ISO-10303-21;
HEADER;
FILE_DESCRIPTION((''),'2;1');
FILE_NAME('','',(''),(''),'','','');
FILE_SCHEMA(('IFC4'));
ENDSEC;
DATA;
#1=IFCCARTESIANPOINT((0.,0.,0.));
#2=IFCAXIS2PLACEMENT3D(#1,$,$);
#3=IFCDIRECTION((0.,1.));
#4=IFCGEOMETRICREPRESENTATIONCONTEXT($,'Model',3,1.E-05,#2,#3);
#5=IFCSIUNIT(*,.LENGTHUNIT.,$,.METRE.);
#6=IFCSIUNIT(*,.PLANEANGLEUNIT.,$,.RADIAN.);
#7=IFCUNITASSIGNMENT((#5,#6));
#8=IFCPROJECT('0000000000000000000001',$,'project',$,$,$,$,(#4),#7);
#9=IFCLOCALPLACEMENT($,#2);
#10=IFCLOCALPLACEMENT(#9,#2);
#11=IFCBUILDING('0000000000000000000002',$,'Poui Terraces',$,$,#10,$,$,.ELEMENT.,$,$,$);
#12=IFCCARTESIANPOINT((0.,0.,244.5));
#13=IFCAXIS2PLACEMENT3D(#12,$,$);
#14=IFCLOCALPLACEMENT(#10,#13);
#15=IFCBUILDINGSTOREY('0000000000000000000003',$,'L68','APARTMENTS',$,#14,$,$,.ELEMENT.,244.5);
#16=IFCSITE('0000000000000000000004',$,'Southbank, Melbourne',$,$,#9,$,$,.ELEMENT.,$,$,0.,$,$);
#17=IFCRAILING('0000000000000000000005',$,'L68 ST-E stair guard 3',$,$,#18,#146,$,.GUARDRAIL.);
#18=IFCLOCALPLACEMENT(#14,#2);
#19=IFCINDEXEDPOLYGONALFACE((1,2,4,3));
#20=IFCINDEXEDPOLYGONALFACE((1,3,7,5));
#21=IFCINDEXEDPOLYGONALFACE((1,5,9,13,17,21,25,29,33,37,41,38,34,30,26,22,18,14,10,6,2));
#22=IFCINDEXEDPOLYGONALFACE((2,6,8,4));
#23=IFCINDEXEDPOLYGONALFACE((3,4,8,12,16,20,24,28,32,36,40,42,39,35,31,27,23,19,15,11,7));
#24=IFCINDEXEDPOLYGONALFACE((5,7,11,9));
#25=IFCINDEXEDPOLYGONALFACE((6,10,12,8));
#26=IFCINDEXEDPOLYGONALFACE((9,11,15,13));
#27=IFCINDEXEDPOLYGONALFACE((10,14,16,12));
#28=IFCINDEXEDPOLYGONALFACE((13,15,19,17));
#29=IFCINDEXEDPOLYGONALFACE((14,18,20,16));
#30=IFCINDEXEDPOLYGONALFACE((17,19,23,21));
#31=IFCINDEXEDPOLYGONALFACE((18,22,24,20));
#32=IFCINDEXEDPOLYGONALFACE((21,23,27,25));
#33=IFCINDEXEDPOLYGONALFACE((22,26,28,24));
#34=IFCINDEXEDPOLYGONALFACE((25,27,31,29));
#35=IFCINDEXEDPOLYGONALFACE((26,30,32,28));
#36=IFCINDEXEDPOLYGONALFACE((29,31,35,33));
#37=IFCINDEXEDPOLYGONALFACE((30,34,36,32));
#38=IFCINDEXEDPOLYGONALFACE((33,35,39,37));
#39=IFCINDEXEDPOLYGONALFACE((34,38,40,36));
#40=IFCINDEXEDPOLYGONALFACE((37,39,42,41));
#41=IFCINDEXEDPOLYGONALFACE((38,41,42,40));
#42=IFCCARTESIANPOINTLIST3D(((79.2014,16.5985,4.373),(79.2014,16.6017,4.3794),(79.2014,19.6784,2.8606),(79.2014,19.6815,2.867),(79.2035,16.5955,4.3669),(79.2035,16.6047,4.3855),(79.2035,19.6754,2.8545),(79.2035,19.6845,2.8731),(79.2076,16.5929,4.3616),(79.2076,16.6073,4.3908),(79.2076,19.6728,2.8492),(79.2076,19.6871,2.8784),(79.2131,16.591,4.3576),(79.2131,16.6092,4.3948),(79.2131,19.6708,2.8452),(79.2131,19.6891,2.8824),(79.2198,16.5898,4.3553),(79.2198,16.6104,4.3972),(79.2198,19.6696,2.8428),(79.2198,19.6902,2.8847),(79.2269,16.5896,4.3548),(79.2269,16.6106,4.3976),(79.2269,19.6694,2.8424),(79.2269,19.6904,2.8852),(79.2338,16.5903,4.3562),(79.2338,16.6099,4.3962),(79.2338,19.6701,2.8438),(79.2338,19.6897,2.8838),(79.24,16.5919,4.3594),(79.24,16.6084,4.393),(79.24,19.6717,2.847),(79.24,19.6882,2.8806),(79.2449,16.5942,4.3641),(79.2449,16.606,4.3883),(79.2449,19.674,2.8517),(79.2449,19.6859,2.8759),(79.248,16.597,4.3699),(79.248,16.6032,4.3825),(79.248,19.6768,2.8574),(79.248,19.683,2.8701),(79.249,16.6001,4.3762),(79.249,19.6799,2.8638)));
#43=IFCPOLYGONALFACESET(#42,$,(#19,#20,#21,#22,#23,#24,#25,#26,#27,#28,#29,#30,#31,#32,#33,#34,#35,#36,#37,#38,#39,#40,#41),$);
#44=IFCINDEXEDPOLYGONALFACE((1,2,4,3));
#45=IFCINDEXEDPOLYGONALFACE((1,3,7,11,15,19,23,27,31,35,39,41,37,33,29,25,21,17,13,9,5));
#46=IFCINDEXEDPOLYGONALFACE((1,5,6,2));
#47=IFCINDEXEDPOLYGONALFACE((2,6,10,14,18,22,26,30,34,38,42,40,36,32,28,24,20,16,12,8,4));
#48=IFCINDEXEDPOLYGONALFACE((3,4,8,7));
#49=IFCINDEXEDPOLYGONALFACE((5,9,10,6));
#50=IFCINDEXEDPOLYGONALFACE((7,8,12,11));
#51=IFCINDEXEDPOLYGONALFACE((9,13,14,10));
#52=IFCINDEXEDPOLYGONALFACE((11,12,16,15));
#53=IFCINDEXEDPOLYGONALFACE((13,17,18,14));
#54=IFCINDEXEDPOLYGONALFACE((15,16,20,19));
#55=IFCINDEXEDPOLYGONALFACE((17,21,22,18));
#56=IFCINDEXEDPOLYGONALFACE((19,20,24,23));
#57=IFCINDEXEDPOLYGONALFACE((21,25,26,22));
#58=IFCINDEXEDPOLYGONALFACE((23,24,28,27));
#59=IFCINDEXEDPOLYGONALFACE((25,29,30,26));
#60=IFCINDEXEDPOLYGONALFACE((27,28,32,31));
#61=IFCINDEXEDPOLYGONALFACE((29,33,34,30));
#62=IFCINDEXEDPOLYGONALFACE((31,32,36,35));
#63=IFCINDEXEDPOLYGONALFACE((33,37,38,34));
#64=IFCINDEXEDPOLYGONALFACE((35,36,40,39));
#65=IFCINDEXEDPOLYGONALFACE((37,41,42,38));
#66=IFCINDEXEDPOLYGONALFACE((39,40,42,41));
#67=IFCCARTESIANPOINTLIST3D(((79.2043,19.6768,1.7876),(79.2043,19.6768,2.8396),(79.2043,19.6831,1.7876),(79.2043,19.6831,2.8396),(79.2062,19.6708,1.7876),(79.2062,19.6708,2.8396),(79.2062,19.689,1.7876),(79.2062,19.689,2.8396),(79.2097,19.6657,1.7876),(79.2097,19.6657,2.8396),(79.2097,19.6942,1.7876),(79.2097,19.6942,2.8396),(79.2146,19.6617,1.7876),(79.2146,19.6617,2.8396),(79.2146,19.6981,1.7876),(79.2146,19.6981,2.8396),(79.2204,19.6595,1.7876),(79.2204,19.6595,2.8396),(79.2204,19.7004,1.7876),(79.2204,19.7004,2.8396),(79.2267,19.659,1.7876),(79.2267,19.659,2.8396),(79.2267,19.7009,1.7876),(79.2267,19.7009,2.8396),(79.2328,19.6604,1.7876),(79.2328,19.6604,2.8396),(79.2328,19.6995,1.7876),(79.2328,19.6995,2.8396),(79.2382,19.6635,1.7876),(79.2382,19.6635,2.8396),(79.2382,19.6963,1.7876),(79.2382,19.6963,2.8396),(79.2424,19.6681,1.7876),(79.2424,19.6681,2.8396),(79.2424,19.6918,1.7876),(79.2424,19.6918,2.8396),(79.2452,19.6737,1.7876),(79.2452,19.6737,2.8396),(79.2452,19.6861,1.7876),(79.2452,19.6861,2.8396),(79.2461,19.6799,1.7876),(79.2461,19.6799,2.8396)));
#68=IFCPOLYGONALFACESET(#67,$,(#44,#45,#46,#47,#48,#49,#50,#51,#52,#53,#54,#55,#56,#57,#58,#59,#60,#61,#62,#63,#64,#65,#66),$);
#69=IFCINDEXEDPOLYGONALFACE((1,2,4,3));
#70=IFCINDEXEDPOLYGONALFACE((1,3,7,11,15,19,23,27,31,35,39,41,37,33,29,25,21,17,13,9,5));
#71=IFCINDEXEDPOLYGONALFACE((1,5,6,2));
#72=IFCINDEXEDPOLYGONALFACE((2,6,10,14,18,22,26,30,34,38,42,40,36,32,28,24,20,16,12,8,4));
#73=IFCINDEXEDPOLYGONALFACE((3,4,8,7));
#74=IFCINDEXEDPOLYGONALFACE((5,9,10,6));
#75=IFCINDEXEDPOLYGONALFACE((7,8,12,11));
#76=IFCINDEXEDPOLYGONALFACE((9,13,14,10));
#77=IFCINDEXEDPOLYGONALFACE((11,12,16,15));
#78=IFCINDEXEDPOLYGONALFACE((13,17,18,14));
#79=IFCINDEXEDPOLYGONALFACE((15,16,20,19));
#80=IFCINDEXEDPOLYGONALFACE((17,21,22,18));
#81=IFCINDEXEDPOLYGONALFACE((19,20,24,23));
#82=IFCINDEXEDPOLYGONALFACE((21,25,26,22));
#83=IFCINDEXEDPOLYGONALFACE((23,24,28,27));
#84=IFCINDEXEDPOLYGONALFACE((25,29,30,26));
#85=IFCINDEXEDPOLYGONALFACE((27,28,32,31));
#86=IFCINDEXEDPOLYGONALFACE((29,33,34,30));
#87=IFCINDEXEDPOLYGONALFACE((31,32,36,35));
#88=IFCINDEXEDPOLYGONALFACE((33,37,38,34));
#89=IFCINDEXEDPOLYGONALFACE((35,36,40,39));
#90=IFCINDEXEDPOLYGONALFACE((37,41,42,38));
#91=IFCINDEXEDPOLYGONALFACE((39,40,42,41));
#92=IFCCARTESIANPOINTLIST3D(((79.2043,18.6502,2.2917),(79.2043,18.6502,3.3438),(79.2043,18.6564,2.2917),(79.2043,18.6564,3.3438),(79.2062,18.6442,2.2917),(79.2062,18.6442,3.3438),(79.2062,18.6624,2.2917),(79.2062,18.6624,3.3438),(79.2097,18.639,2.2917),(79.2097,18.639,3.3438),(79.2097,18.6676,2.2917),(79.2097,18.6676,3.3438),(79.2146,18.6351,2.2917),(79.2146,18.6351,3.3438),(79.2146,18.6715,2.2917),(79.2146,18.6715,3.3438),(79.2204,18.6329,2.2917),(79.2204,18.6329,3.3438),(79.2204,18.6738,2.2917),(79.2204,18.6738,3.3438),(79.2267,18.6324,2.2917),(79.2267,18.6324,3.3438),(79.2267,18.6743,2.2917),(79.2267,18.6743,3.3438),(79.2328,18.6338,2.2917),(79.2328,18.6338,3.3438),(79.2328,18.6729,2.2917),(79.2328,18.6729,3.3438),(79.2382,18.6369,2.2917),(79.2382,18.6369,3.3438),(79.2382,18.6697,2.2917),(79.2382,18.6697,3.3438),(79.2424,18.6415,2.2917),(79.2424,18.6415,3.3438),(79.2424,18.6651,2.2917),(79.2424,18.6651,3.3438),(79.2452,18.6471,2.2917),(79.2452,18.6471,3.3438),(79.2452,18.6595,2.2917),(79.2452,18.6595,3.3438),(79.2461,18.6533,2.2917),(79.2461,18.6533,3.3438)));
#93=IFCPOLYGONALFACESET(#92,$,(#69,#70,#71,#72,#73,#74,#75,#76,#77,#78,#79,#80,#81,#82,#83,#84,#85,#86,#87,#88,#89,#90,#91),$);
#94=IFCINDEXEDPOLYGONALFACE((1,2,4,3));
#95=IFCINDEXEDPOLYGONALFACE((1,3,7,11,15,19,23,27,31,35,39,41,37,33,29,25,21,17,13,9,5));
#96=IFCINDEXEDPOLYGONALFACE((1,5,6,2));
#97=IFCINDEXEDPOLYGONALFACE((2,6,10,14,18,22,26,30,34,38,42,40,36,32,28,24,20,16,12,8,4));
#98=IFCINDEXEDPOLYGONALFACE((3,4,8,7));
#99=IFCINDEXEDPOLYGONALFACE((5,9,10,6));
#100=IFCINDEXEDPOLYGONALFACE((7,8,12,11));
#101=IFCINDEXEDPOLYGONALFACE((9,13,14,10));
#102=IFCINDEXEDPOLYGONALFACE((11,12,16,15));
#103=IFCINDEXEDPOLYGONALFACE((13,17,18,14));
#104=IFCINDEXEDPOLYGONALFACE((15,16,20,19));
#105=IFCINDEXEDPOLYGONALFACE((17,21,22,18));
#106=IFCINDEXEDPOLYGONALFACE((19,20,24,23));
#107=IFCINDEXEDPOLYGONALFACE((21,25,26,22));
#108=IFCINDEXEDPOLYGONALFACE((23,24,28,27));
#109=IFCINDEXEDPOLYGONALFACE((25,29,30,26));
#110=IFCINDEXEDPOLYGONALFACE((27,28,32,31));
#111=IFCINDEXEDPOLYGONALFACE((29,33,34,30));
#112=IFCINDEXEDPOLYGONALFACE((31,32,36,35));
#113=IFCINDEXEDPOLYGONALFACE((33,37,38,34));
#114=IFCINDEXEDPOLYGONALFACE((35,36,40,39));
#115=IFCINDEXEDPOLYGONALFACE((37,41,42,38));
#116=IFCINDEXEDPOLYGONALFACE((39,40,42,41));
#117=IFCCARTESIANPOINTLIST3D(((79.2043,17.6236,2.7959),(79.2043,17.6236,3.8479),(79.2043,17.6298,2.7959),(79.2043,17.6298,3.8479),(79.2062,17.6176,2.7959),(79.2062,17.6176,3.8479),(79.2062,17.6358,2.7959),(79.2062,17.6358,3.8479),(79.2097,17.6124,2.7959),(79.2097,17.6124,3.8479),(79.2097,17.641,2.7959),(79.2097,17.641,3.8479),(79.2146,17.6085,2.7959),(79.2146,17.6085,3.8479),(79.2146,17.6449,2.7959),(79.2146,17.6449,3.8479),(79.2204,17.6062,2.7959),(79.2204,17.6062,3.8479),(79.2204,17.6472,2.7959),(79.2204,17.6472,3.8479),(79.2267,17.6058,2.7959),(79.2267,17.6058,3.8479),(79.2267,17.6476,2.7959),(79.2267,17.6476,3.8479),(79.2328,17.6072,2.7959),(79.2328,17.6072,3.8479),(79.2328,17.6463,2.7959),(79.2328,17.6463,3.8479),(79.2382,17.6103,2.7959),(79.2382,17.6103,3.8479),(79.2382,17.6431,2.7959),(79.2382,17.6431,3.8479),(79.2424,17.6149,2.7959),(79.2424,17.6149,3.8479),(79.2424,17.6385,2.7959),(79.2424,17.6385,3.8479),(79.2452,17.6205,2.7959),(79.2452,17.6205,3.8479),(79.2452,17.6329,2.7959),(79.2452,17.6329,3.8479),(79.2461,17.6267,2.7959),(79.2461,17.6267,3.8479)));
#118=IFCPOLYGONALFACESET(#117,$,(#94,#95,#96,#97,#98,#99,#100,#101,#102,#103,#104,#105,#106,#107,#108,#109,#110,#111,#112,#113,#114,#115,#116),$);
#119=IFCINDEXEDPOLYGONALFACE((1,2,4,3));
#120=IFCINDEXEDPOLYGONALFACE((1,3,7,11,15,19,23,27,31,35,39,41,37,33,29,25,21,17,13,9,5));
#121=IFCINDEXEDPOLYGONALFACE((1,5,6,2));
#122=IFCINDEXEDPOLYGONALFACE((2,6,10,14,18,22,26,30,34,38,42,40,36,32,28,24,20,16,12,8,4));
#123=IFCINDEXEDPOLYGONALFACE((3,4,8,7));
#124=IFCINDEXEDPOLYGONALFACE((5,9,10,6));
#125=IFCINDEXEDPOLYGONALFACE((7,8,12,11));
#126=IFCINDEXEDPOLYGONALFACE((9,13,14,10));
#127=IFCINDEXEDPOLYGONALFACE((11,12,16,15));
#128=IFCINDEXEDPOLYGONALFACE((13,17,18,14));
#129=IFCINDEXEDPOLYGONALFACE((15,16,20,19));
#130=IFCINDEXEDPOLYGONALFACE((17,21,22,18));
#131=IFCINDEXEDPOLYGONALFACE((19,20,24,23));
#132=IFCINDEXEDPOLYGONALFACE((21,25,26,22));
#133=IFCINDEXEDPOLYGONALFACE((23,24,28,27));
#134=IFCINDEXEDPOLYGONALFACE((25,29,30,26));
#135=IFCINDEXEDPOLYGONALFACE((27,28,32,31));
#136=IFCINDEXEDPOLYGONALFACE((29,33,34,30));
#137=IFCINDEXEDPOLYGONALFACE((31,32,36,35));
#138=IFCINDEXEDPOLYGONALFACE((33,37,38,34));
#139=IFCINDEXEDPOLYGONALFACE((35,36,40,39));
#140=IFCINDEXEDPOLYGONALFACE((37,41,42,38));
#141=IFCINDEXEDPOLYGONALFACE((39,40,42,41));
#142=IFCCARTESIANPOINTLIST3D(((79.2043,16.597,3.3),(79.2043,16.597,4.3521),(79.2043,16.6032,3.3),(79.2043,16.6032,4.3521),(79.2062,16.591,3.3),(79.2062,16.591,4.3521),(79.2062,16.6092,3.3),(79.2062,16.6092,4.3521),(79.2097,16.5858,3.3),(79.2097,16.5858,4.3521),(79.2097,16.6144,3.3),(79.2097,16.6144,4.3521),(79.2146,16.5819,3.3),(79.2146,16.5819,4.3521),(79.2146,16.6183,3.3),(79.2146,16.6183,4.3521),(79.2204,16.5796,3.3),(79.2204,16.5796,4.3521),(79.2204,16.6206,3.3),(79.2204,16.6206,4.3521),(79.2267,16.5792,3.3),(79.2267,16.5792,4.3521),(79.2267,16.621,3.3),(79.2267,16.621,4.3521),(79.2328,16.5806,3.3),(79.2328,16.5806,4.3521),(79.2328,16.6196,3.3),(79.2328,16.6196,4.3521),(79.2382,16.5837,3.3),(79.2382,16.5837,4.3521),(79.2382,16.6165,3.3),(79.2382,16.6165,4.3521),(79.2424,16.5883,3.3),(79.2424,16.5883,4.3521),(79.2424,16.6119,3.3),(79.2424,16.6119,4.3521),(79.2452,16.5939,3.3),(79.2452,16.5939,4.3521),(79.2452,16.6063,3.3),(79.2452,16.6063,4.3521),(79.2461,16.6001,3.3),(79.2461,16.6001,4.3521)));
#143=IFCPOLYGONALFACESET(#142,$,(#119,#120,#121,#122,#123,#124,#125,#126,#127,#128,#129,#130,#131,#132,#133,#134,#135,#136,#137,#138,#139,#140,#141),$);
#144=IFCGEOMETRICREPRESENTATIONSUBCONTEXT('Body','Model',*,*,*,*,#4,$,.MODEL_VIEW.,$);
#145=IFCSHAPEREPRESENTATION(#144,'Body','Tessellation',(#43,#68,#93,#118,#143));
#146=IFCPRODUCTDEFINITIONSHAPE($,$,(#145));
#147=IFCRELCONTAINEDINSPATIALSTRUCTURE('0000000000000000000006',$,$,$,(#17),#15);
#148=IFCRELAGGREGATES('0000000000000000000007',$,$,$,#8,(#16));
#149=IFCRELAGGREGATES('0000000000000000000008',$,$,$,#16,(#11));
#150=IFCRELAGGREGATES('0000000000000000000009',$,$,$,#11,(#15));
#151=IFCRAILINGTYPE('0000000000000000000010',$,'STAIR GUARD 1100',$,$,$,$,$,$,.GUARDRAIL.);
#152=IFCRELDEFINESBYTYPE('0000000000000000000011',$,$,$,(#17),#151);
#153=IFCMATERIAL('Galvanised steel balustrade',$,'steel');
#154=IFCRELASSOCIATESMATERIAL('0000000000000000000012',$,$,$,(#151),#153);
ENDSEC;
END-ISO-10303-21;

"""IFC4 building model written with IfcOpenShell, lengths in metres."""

from ifc_helpers import new_model, si_unit, direction, frame, origin, origin_2d, place, context, subcontext, project, spatial, circle, extrude, material, type_object, element, save


model = new_model("IFC4")

# Units and contexts
model_context = context("Model", 3, precision=1e-05, world=origin(), true_north=direction((0.0, 1.0)))
body_context = subcontext(model_context, "Body", "Model", "MODEL_VIEW")
ifc_project = project(units=[si_unit("LENGTHUNIT", "METRE"), si_unit("PLANEANGLEUNIT", "RADIAN")], contexts=[model_context])

# Site, building, storey
site_placement = place(None, origin())
site = spatial("IfcSite", under=ifc_project, at=site_placement, Name="Southbank, Melbourne", CompositionType="ELEMENT", RefElevation=0.0)
building_placement = place(site_placement, origin())
building = spatial("IfcBuilding", under=site, at=building_placement, Name="Poui Terraces", CompositionType="ELEMENT")
storey_placement = place(building_placement, frame((0.0, 0.0, 244.5)))
storey = spatial("IfcBuildingStorey", under=building, at=storey_placement, Name="L68", Description="APARTMENTS", CompositionType="ELEMENT", Elevation=244.5)

# Railing
ifc_material_1 = material(Name="Galvanised steel balustrade", Category="steel")
railing_type = type_object("IfcRailingType", Name="STAIR GUARD 1100", PredefinedType="GUARDRAIL", material=ifc_material_1)
railing_placement = place(storey_placement, frame((79.2251, 19.6799, 1.7876)))
element("IfcRailing", 1, at=railing_placement, inside=storey, type_object=railing_type, Name="L68 ST-E stair guard 3", PredefinedType="GUARDRAIL", context=body_context, shape_type="SweptSolid", body=[
    extrude(circle(Radius=0.0239, at=origin_2d()), frame((0.0, 0.0, 1.0762), z_axis=(0.0, -0.897606, 0.440798), x_axis=(1.0, 0.0, 0.0)), (0.0, 0.0, 1.0), 3.4312),
    extrude(circle(Radius=0.021, at=origin_2d()), origin(), (0.0, 0.0, 1.0), 1.052),
    extrude(circle(Radius=0.021, at=origin_2d()), frame((0.0, -1.0266, 0.5042)), (0.0, 0.0, 1.0), 1.052),
    extrude(circle(Radius=0.021, at=origin_2d()), frame((0.0, -2.0532, 1.0083)), (0.0, 0.0, 1.0), 1.052),
    extrude(circle(Radius=0.021, at=origin_2d()), frame((0.0, -3.0798, 1.5125)), (0.0, 0.0, 1.0), 1.052),
])

save(model, "model.ifc")
